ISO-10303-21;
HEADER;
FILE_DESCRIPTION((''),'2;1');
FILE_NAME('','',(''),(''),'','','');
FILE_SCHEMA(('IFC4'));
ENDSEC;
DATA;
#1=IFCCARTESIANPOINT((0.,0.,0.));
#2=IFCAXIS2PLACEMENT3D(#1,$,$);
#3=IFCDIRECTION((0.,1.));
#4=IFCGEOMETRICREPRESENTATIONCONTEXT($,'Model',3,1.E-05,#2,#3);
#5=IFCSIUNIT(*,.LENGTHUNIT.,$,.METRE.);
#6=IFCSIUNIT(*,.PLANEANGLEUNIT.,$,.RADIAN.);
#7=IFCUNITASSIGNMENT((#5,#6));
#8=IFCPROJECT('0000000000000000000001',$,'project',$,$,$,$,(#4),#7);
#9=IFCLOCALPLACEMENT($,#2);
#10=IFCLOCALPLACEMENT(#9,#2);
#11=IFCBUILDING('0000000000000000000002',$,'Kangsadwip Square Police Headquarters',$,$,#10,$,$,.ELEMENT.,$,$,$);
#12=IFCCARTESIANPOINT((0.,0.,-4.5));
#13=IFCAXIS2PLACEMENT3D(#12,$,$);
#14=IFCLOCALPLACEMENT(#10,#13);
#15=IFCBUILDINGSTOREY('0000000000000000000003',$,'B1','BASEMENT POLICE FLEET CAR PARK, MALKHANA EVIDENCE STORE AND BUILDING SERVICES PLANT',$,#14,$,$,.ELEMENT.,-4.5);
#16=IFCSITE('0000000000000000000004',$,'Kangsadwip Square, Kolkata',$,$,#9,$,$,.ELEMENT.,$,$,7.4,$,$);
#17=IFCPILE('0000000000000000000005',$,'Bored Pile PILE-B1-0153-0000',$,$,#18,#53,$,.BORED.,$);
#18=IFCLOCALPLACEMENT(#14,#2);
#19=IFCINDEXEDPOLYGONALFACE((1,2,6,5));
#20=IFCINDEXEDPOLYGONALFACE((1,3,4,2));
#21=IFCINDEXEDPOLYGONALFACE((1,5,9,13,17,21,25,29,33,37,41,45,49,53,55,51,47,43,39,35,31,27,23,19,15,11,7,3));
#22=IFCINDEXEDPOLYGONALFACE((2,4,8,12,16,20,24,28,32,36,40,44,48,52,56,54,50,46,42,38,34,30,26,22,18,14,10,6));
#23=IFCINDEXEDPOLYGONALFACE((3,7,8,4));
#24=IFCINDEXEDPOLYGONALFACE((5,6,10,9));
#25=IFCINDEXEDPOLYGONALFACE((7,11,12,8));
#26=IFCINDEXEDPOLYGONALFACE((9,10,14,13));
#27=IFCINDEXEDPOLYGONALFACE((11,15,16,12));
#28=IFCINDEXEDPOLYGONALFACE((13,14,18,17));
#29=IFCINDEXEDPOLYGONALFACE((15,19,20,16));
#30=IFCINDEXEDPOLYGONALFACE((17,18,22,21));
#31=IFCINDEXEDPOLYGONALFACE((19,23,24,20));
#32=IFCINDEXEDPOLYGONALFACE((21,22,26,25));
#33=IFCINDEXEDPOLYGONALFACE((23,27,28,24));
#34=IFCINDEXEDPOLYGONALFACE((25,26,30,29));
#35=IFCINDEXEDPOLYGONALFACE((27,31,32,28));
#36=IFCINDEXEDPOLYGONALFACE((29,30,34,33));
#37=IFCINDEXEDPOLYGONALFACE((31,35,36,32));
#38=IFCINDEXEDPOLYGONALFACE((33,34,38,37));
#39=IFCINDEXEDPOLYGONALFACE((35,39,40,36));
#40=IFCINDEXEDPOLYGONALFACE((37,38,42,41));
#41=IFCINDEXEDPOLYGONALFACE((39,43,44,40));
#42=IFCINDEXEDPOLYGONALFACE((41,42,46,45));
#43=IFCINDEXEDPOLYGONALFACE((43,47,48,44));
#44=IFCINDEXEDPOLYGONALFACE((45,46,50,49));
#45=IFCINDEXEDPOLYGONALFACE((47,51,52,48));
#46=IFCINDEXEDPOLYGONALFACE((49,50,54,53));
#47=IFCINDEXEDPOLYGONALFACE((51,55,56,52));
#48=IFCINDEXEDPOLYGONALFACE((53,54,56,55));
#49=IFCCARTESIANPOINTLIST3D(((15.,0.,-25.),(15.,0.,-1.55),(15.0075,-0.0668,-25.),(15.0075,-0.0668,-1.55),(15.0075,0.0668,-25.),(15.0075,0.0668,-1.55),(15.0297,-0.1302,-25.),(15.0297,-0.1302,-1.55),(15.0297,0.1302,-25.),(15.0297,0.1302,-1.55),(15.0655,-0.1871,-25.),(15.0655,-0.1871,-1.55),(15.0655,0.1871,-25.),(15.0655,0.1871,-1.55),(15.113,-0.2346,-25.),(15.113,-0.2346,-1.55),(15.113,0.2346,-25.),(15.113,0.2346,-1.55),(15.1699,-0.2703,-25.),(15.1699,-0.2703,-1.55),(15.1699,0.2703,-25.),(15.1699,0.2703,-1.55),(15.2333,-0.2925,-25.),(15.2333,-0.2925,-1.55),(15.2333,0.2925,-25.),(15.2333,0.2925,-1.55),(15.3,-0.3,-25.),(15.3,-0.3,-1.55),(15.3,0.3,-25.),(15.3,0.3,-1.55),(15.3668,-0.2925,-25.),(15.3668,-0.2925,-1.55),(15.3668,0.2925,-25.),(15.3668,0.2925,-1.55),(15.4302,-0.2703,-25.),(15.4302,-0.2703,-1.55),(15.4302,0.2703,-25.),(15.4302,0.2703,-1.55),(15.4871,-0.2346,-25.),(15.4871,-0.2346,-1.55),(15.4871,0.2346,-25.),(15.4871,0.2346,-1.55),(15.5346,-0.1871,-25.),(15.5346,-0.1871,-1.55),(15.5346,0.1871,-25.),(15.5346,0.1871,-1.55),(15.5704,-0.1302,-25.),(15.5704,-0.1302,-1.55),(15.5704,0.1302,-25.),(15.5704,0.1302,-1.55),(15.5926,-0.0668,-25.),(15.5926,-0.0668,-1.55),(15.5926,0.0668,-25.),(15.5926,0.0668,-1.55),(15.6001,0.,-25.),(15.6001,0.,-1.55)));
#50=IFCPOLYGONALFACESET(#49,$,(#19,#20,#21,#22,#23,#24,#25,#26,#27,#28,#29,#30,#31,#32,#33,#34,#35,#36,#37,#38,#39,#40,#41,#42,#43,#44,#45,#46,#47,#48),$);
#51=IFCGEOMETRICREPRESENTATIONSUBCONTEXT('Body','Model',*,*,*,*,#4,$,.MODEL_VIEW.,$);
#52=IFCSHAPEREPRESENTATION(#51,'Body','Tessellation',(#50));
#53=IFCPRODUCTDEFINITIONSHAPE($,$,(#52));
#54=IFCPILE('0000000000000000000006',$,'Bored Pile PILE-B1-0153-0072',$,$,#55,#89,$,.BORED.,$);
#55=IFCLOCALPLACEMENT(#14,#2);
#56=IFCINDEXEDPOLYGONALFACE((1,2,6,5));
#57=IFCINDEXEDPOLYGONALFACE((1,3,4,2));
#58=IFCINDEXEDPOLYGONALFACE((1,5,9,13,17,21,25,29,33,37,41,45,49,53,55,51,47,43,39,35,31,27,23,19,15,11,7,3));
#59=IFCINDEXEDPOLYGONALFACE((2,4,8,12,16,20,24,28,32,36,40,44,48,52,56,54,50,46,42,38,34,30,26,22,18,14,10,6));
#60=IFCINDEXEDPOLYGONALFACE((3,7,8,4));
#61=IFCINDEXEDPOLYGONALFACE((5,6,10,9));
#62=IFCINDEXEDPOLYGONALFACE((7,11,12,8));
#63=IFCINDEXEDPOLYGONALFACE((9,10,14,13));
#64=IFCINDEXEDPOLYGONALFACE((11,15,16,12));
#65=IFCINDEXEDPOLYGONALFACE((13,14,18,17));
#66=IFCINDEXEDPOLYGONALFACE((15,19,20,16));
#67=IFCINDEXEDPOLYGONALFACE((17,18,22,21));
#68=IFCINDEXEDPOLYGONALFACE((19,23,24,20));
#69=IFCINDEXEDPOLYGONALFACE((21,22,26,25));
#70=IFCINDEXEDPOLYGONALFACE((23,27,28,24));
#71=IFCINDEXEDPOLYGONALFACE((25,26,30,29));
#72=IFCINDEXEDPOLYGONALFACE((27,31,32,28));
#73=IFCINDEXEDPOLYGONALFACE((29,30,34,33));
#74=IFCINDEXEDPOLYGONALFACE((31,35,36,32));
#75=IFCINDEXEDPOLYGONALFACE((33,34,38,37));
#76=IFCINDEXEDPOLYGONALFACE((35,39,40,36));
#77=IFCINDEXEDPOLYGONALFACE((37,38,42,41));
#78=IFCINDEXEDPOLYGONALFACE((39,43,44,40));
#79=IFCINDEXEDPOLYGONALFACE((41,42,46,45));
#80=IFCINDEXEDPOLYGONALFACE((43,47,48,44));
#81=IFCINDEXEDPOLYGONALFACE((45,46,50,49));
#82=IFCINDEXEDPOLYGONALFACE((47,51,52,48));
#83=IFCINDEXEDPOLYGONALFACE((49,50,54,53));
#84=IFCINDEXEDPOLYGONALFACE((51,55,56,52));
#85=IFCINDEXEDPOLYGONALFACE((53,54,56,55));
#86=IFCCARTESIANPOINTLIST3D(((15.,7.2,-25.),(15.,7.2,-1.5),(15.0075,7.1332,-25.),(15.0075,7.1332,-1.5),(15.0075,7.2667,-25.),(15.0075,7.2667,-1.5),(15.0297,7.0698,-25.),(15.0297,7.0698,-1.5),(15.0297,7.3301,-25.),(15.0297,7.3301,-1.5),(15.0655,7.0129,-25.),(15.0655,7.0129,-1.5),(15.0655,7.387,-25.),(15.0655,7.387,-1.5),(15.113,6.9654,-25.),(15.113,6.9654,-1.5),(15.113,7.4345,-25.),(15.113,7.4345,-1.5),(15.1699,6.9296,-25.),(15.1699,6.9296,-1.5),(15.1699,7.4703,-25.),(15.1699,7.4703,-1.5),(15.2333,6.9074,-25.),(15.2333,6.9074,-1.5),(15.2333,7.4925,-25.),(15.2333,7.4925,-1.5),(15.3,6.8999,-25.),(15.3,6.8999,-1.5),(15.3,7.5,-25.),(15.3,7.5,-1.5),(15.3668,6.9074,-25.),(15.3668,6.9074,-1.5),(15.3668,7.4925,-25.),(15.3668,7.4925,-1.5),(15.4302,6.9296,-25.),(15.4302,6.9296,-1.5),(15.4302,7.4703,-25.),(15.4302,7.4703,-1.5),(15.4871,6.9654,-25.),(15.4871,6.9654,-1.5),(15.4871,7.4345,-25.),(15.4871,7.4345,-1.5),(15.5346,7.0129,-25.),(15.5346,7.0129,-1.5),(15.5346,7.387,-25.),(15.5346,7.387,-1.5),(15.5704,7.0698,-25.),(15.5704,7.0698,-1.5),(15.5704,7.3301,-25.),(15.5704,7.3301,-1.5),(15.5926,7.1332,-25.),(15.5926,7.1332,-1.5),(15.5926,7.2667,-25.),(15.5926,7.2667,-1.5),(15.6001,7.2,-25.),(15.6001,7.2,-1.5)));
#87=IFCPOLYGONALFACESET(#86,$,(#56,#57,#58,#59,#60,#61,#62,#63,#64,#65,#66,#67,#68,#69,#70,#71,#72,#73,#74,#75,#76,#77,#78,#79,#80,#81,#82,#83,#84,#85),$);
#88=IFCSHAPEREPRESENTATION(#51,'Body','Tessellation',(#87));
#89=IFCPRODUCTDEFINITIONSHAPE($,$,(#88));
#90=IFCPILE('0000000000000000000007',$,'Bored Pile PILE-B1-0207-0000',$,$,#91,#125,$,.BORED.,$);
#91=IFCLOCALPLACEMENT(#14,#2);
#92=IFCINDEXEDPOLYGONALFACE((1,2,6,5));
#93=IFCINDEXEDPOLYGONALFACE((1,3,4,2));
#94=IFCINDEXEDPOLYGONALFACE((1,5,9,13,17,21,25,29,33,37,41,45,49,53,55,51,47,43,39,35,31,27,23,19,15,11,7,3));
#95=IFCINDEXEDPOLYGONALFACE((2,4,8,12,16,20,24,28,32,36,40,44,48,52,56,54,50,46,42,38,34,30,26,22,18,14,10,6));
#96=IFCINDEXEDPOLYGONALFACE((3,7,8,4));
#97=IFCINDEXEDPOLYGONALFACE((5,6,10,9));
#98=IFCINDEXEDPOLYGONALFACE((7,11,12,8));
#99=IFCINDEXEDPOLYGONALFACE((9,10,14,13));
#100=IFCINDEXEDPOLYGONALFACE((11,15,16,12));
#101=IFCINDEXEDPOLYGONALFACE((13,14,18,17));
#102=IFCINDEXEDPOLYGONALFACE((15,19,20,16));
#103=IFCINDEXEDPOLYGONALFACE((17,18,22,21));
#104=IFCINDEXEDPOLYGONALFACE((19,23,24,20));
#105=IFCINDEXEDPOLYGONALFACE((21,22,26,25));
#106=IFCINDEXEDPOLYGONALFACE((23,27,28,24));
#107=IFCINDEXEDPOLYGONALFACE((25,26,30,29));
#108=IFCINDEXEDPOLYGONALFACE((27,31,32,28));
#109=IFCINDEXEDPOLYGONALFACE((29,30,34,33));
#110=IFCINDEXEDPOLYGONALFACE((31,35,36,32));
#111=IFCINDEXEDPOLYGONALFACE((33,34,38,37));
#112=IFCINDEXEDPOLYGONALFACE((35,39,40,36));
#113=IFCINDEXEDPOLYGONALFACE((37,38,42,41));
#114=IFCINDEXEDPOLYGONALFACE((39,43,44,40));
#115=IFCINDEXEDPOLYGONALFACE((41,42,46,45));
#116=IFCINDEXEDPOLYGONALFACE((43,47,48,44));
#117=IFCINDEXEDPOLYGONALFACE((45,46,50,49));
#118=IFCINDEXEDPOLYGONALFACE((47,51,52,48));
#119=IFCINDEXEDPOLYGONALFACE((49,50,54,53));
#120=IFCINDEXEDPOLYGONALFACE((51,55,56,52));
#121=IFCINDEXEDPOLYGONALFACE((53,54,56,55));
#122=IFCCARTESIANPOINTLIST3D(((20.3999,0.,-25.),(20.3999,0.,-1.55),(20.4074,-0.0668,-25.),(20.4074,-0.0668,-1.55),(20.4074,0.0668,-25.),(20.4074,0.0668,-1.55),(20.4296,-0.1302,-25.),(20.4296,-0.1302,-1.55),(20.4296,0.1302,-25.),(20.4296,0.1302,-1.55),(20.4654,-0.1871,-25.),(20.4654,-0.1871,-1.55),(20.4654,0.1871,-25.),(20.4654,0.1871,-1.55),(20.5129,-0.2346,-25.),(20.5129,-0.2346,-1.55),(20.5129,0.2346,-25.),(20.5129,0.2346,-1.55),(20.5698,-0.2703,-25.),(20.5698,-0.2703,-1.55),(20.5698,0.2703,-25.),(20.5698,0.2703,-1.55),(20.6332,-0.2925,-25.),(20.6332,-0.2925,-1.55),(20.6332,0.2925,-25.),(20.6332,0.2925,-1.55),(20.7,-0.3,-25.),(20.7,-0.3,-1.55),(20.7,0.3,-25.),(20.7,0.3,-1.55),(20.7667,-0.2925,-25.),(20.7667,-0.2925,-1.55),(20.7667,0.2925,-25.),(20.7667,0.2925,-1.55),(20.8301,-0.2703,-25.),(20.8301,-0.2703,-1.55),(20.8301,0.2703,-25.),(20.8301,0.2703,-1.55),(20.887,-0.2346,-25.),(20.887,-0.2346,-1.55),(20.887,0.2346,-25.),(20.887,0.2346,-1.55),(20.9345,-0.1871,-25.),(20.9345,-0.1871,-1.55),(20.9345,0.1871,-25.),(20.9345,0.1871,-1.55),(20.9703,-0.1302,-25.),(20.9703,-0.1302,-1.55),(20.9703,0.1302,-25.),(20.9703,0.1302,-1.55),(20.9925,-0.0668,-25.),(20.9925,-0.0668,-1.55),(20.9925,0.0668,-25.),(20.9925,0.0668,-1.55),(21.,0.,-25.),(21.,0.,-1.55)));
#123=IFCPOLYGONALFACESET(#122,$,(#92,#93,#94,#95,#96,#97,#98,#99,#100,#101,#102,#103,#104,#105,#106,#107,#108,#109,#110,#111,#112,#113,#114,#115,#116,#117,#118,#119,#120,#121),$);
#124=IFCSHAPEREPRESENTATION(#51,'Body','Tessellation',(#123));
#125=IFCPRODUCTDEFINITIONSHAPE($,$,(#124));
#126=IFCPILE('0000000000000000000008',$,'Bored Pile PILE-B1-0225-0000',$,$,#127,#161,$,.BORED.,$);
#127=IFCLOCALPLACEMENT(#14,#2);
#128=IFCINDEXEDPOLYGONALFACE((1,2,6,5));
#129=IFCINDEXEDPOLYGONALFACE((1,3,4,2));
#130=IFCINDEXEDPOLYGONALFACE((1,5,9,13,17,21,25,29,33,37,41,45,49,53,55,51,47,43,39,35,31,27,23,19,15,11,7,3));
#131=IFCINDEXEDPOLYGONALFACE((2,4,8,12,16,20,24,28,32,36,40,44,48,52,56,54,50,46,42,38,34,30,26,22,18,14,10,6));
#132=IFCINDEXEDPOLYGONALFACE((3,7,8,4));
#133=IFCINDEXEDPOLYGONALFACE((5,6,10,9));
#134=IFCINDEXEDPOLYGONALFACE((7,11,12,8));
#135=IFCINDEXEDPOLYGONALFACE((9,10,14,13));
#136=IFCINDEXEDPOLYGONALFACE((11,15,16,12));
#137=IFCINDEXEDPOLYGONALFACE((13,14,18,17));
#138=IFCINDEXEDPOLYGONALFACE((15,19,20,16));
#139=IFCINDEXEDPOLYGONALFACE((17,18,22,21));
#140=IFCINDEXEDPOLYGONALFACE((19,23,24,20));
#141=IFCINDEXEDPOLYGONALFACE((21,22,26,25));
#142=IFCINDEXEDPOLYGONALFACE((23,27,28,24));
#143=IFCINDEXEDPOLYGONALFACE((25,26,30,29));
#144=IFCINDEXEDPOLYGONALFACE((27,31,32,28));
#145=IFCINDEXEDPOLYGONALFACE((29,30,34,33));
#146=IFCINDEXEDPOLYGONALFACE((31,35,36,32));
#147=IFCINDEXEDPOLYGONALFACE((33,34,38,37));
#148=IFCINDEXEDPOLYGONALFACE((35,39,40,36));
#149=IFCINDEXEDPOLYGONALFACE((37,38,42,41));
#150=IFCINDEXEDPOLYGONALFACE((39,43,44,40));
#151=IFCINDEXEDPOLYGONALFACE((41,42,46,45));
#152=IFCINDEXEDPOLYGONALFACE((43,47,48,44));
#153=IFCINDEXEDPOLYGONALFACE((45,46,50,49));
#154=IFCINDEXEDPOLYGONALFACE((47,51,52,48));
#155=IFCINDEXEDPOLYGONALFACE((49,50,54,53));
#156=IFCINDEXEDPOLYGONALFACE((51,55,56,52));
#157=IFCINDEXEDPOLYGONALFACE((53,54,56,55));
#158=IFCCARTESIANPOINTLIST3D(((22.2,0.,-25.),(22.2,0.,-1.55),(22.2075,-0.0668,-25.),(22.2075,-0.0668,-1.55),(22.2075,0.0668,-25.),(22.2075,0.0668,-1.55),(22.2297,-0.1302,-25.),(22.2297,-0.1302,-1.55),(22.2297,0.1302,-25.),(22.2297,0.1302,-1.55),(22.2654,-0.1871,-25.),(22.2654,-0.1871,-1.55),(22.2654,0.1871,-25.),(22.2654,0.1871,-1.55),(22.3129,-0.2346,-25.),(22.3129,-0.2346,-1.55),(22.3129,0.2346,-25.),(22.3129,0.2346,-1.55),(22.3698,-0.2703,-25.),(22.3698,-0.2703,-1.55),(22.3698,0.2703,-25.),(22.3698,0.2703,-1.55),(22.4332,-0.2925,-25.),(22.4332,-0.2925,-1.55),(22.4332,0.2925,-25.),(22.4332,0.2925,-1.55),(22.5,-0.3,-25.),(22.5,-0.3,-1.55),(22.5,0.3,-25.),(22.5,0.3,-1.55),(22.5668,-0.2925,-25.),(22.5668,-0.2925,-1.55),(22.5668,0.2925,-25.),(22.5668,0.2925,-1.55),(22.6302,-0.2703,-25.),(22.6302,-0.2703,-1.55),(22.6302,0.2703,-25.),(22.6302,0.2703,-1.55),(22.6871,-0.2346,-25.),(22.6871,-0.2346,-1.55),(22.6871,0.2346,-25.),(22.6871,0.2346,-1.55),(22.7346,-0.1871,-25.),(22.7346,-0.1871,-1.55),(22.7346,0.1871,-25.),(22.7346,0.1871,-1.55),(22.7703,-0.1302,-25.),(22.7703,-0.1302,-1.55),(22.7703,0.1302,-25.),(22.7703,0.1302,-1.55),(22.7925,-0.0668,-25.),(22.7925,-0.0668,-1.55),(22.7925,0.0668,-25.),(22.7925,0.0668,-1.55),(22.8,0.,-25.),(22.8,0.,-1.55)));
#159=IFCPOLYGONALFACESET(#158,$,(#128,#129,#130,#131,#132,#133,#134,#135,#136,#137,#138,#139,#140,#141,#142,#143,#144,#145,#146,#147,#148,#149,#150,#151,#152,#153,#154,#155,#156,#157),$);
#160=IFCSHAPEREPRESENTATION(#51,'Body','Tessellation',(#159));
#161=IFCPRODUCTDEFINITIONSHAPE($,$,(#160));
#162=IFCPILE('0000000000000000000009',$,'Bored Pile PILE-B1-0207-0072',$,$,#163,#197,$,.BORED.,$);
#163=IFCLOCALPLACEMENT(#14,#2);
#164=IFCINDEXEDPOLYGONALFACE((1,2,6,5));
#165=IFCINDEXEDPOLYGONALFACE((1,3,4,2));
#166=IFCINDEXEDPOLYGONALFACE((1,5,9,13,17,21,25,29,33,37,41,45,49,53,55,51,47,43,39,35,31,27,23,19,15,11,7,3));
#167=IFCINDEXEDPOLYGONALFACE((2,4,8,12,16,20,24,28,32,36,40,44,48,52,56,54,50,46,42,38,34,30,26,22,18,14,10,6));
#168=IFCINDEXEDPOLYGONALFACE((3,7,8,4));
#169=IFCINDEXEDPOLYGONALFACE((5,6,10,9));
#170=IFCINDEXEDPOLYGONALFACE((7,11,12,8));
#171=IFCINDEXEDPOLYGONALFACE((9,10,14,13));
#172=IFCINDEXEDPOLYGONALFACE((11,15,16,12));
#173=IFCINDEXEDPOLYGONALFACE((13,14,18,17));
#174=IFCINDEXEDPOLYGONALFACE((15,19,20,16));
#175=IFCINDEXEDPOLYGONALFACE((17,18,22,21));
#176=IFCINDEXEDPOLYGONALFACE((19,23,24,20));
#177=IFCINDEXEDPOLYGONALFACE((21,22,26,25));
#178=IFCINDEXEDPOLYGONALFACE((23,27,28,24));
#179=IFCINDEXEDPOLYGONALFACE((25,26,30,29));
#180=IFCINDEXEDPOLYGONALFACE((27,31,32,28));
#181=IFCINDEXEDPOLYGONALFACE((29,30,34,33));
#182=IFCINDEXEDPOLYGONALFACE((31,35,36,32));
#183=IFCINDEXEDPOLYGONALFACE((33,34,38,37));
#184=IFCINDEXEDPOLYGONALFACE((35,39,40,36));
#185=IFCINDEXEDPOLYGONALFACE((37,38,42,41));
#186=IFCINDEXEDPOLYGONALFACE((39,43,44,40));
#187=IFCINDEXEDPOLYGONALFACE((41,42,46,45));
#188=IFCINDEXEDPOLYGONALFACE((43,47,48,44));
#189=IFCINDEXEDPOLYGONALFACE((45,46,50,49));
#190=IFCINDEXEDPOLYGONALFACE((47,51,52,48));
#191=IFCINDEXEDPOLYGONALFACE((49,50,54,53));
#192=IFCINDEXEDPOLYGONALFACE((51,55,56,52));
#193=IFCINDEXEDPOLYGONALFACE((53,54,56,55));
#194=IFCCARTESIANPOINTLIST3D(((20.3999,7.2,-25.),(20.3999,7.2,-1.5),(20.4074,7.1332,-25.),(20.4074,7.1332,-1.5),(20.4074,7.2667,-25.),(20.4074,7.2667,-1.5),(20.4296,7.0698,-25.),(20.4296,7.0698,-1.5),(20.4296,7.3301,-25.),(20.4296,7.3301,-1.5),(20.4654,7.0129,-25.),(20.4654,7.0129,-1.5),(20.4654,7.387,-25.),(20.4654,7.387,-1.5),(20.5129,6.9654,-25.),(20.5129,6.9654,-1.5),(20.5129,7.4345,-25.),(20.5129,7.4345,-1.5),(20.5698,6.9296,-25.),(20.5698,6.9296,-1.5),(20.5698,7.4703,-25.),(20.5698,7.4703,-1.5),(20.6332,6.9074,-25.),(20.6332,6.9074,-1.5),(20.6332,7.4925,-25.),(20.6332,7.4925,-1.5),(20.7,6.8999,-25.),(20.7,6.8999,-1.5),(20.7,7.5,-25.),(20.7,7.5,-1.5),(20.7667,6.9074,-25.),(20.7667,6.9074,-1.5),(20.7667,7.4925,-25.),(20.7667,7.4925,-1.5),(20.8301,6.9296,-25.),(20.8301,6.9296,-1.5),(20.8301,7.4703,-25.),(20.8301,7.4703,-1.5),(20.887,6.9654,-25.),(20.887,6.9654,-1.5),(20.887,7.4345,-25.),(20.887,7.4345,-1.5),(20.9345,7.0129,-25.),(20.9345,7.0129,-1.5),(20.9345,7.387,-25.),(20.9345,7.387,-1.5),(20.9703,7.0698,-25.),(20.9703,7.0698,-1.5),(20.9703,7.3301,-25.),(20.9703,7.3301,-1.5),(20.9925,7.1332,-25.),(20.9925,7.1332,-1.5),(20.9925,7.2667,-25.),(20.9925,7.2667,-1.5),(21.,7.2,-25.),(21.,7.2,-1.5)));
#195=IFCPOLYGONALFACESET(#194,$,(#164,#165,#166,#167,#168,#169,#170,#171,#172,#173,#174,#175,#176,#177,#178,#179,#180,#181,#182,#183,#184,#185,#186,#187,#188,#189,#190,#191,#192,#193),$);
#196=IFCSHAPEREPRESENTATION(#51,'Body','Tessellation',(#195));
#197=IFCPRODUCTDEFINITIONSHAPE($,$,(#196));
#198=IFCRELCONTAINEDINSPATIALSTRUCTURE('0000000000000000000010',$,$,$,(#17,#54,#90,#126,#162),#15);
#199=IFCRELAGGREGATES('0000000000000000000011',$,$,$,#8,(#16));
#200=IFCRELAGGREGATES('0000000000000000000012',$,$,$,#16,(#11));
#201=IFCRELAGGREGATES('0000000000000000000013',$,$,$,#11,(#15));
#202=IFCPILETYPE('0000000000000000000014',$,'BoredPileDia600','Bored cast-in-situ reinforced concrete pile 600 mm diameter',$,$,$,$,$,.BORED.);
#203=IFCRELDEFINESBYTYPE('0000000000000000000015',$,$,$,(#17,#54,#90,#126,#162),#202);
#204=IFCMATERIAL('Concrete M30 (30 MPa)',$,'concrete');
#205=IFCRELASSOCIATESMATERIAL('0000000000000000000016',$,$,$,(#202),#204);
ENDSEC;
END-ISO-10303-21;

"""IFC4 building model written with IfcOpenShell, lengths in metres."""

from ifc_helpers import new_model, si_unit, direction, frame, origin, origin_2d, place, context, subcontext, project, spatial, circle, extrude, material, material_profile, profile_set, type_object, element, save


model = new_model("IFC4")

# Units and contexts
model_context = context("Model", 3, precision=1e-05, world=origin(), true_north=direction((0.0, 1.0)))
body_context = subcontext(model_context, "Body", "Model", "MODEL_VIEW")
ifc_project = project(units=[si_unit("LENGTHUNIT", "METRE"), si_unit("PLANEANGLEUNIT", "RADIAN")], contexts=[model_context])

# Site, building, storey
site_placement = place(None, origin())
site = spatial("IfcSite", under=ifc_project, at=site_placement, Name="Kangsadwip Square, Kolkata", CompositionType="ELEMENT", RefElevation=7.4)
building_placement = place(site_placement, origin())
building = spatial("IfcBuilding", under=site, at=building_placement, Name="Kangsadwip Square Police Headquarters", CompositionType="ELEMENT")
storey_placement = place(building_placement, frame((0.0, 0.0, -4.5)))
storey = spatial("IfcBuildingStorey", under=building, at=storey_placement, Name="B1", Description="BASEMENT POLICE FLEET CAR PARK, MALKHANA EVIDENCE STORE AND BUILDING SERVICES PLANT", CompositionType="ELEMENT", Elevation=-4.5)

# Piles
ifc_material_1 = material(Name="Concrete M30 (30 MPa)", Category="concrete")
ifc_material_profile_1 = material_profile(ifc_material_1, circle(Radius=0.3, at=origin_2d()), Name="PILE DIA 600")
ifc_profile_set_1 = profile_set([ifc_material_profile_1], Name="Concrete M30 (30 MPa)")
pile_type = type_object("IfcPileType", Name="BoredPileDia600", Description="Bored cast-in-situ reinforced concrete pile 600 mm diameter", PredefinedType="BORED", material=ifc_profile_set_1)
pile_1_placement = place(storey_placement, frame((15.3, 0.0, -1.55), z_axis=(0.0, 0.0, -1.0), x_axis=(1.0, 0.0, 0.0)))
element("IfcPile", 1, at=pile_1_placement, inside=storey, type_object=pile_type, Name="Bored Pile PILE-B1-0153-0000", PredefinedType="BORED", context=body_context, shape_type="SweptSolid", body=[
    extrude(circle(Radius=0.3, at=origin_2d()), origin(), (0.0, 0.0, 1.0), 23.45),
])
pile_2_placement = place(storey_placement, frame((15.3, 7.2, -1.5), z_axis=(0.0, 0.0, -1.0), x_axis=(1.0, 0.0, 0.0)))
element("IfcPile", 2, at=pile_2_placement, inside=storey, type_object=pile_type, Name="Bored Pile PILE-B1-0153-0072", PredefinedType="BORED", context=body_context, shape_type="SweptSolid", body=[
    extrude(circle(Radius=0.3, at=origin_2d()), origin(), (0.0, 0.0, 1.0), 23.5),
])
for number, where, z_axis, x_axis, name in (
    (3, (20.7, 0.0, -1.55), (0.0, 0.0, -1.0), (1.0, 0.0, 0.0), "Bored Pile PILE-B1-0207-0000"),
    (4, (22.5, 0.0, -1.55), (0.0, 0.0, -1.0), (1.0, 0.0, 0.0), "Bored Pile PILE-B1-0225-0000"),
):
    element("IfcPile", number, at=place(storey_placement, frame(where, z_axis=z_axis, x_axis=x_axis)), inside=storey, type_object=pile_type, Name=name, PredefinedType="BORED", context=body_context, shape_type="SweptSolid", body=[
        extrude(circle(Radius=0.3, at=origin_2d()), origin(), (0.0, 0.0, 1.0), 23.45),
    ])
for number, where, z_axis, x_axis, name in (
    (5, (20.7, 7.2, -1.5), (0.0, 0.0, -1.0), (1.0, 0.0, 0.0), "Bored Pile PILE-B1-0207-0072"),
):
    element("IfcPile", number, at=place(storey_placement, frame(where, z_axis=z_axis, x_axis=x_axis)), inside=storey, type_object=pile_type, Name=name, PredefinedType="BORED", context=body_context, shape_type="SweptSolid", body=[
        extrude(circle(Radius=0.3, at=origin_2d()), origin(), (0.0, 0.0, 1.0), 23.5),
    ])

save(model, "model.ifc")
